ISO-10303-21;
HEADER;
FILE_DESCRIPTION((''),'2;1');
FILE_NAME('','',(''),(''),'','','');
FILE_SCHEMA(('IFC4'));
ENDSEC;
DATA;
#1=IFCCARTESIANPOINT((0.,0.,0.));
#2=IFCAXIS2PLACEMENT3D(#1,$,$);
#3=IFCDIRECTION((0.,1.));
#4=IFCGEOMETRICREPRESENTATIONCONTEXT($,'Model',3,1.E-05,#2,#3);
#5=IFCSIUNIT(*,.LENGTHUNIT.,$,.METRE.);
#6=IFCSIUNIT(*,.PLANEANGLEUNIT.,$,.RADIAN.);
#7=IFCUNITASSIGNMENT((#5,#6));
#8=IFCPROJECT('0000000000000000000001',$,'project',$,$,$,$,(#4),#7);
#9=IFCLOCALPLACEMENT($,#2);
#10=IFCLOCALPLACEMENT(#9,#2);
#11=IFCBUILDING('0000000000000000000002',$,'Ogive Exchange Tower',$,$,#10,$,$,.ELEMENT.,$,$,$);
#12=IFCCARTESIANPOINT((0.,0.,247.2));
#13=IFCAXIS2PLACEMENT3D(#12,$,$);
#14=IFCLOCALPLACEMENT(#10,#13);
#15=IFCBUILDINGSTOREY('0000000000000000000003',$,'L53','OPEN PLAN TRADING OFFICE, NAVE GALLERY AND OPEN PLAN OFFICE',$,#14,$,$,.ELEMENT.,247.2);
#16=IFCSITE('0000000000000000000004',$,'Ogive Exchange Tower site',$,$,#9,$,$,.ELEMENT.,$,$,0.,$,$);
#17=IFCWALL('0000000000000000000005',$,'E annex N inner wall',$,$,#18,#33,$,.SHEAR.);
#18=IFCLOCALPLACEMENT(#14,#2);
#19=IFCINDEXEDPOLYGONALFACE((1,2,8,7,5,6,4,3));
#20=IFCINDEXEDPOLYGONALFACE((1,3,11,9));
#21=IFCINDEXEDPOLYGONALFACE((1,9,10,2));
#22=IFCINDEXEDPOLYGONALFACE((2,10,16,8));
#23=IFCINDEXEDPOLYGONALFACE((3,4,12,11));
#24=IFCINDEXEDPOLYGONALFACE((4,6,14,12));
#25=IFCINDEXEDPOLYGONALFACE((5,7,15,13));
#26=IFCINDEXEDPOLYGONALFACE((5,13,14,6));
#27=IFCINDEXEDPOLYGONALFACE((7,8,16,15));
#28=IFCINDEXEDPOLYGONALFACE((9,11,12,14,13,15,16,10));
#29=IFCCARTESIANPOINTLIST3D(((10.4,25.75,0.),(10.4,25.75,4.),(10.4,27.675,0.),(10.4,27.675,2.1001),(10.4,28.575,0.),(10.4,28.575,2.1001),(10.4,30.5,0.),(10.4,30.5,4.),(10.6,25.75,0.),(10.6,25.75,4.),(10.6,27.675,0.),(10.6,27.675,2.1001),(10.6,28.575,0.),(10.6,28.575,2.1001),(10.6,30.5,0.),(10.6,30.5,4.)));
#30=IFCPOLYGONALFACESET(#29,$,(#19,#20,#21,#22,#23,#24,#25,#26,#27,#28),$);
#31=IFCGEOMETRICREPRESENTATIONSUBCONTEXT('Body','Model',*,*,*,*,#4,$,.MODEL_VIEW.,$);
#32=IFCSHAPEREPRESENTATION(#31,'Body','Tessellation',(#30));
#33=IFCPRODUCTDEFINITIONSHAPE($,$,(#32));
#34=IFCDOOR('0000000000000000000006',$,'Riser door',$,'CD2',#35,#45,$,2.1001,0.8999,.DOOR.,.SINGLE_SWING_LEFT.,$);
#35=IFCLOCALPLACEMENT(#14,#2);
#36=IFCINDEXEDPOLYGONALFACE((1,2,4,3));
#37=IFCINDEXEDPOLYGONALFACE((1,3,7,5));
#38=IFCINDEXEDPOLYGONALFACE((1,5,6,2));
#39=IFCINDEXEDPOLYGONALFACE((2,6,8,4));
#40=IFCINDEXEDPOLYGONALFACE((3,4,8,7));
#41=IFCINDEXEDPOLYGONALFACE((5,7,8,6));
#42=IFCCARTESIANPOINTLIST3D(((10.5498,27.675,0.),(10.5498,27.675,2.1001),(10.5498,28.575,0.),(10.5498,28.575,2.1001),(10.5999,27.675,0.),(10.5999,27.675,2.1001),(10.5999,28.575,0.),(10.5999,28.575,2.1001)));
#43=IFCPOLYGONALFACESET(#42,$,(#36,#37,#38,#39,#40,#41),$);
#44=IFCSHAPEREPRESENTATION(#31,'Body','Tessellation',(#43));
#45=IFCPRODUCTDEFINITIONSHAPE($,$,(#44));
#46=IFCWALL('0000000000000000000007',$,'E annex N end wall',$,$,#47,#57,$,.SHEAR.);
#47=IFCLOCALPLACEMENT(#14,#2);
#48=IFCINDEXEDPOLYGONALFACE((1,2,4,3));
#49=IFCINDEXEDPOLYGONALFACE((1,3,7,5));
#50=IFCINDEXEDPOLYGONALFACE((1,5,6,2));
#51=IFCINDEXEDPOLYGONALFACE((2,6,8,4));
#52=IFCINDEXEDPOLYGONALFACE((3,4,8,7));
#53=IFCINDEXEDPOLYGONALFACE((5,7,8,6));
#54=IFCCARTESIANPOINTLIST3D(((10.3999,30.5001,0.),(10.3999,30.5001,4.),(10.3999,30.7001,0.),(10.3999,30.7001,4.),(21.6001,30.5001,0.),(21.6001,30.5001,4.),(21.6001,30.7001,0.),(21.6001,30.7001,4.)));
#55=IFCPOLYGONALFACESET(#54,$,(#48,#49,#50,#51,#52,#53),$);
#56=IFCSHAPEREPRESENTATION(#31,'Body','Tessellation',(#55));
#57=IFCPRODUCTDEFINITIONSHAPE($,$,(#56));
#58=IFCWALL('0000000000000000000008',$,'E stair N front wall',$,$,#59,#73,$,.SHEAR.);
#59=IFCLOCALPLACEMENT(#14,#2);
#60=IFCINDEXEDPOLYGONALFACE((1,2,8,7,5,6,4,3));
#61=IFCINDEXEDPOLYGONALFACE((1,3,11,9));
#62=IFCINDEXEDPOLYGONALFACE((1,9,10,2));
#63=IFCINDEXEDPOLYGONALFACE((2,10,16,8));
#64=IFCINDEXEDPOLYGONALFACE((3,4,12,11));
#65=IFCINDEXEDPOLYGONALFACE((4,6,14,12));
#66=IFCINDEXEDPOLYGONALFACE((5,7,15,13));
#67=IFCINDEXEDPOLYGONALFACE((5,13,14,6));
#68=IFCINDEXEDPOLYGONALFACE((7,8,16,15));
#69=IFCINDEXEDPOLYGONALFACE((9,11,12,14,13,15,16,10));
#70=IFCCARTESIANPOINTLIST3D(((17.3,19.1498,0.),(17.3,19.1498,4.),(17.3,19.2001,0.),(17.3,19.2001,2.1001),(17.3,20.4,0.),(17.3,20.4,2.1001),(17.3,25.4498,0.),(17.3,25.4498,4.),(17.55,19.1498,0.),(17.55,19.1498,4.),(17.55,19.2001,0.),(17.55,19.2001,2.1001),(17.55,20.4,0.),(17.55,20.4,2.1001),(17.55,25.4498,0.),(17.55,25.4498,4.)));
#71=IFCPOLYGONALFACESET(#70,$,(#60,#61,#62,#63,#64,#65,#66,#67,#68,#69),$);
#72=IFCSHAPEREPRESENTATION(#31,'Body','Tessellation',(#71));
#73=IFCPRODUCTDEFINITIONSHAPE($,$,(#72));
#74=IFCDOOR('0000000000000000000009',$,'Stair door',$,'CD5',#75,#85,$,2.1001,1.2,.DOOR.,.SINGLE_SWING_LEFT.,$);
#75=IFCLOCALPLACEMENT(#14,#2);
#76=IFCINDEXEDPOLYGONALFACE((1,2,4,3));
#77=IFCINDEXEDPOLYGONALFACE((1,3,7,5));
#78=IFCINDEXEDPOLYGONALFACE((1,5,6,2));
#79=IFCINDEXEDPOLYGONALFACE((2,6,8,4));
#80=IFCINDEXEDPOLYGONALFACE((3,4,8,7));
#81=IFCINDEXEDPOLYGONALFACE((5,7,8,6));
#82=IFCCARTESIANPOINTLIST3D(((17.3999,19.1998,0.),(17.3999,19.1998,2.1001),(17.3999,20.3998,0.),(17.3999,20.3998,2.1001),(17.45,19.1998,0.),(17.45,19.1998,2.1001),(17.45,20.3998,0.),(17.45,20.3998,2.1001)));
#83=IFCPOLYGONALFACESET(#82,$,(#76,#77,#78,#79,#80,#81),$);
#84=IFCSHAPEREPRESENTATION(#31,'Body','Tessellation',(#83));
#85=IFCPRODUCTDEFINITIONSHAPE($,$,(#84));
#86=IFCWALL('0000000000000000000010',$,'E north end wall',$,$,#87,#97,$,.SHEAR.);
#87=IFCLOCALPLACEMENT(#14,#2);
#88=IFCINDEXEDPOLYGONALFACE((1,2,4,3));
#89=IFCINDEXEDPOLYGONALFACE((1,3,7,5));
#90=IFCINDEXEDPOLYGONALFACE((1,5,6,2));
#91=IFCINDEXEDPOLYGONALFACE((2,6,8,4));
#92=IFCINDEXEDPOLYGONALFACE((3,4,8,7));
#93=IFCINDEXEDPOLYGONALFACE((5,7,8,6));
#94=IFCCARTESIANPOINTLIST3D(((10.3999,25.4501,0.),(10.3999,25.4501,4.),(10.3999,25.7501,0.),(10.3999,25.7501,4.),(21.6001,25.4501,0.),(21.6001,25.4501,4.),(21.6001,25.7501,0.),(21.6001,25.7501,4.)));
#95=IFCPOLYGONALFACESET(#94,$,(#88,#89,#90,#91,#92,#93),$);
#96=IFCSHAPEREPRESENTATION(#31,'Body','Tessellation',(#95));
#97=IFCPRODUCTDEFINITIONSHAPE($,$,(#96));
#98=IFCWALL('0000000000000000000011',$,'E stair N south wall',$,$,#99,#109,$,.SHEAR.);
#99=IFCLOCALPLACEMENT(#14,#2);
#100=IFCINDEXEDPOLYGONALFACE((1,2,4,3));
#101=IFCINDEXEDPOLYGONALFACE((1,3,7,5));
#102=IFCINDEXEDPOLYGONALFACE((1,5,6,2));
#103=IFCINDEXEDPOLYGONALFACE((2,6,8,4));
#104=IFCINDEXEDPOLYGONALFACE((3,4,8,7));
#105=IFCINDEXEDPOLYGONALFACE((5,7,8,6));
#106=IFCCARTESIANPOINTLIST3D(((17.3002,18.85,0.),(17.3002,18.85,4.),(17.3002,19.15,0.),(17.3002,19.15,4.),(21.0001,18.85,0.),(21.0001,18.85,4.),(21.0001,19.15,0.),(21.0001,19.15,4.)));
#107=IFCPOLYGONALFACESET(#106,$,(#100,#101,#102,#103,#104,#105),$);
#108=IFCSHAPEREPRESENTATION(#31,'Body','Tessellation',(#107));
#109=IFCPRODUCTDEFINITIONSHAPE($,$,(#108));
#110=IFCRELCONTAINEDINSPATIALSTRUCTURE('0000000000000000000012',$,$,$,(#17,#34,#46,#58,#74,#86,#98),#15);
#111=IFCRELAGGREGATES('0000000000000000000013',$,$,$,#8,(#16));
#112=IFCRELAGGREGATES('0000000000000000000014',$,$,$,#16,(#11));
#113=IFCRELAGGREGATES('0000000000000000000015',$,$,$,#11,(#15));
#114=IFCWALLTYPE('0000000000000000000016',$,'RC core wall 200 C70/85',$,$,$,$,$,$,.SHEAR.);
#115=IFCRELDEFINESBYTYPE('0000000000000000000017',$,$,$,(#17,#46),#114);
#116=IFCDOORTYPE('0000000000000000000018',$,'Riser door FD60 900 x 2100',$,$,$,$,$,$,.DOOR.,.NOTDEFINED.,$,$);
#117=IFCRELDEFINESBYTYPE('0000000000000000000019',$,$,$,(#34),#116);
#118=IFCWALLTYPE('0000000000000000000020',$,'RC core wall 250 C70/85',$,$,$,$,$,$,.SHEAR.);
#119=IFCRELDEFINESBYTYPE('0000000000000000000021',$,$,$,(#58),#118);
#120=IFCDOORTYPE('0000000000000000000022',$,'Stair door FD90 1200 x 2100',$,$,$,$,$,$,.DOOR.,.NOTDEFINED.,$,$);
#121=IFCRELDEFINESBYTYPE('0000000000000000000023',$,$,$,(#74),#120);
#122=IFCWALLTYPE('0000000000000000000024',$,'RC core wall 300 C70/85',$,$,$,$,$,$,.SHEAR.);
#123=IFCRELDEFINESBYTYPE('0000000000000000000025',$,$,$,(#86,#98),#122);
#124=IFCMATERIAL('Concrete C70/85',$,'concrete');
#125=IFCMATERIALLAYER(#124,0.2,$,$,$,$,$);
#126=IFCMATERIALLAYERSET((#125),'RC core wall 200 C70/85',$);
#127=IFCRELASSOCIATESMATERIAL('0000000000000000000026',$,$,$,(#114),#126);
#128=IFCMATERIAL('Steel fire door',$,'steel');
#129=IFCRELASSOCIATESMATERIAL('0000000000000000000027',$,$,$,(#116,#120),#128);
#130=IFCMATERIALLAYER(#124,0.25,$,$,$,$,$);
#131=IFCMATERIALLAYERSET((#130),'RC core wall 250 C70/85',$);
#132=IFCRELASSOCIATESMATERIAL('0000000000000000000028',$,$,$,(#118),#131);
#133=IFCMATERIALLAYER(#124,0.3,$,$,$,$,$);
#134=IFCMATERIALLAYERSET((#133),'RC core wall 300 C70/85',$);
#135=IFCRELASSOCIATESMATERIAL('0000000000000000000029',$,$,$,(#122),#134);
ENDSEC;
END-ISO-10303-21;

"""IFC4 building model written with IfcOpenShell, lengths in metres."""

from ifc_helpers import new_model, si_unit, direction, frame, frame_2d, origin, place, context, subcontext, project, spatial, rectangle, extrude, material, layer, layer_set, type_object, element, fill, save


model = new_model("IFC4")

# Units and contexts
model_context = context("Model", 3, precision=1e-05, world=origin(), true_north=direction((0.0, 1.0)))
body_context = subcontext(model_context, "Body", "Model", "MODEL_VIEW")
ifc_project = project(units=[si_unit("LENGTHUNIT", "METRE"), si_unit("PLANEANGLEUNIT", "RADIAN")], contexts=[model_context])

# Site, building, storey
site_placement = place(None, origin())
site = spatial("IfcSite", under=ifc_project, at=site_placement, Name="Ogive Exchange Tower site", CompositionType="ELEMENT", RefElevation=0.0)
building_placement = place(site_placement, origin())
building = spatial("IfcBuilding", under=site, at=building_placement, Name="Ogive Exchange Tower", CompositionType="ELEMENT")
storey_placement = place(building_placement, frame((0.0, 0.0, 247.2)))
storey = spatial("IfcBuildingStorey", under=building, at=storey_placement, Name="L53", Description="OPEN PLAN TRADING OFFICE, NAVE GALLERY AND OPEN PLAN OFFICE", CompositionType="ELEMENT", Elevation=247.2)

# Wall, opening, door
ifc_material_1 = material(Name="Concrete C70/85", Category="concrete")
ifc_layer_1 = layer(ifc_material_1, 0.2)
ifc_layer_set_1 = layer_set([ifc_layer_1], Name="RC core wall 200 C70/85")
wall_type_1 = type_object("IfcWallType", Name="RC core wall 200 C70/85", PredefinedType="SHEAR", material=ifc_layer_set_1)
wall_1_placement = place(storey_placement, frame((10.5, 25.75, 0.0), z_axis=(0.0, 0.0, 1.0), x_axis=(0.0, 1.0, 0.0)))
wall_1 = element("IfcWall", 1, at=wall_1_placement, inside=storey, type_object=wall_type_1, Name="E annex N inner wall", PredefinedType="SHEAR", context=body_context, shape_type="SweptSolid", body=[
    extrude(rectangle(XDim=4.75, YDim=0.2, at=frame_2d((2.375, 0.0))), origin(), (0.0, 0.0, 1.0), 4.0),
])
opening_1_placement = place(wall_1_placement, frame((1.925, 0.0, 0.0)))
opening_1 = element("IfcOpeningElement", 2, at=opening_1_placement, cuts=wall_1, PredefinedType="OPENING", context=body_context, shape_type="SweptSolid", body=[
    extrude(rectangle(XDim=0.8999, YDim=2.1001, at=frame_2d((0.45, 1.05))), frame((0.0, 0.1099, 0.0), z_axis=(0.0, -1.0, 0.0), x_axis=(1.0, 0.0, 0.0)), (0.0, 0.0, 1.0), 0.22),
])
ifc_material_2 = material(Name="Steel fire door", Category="steel")
door_type_1 = type_object("IfcDoorType", Name="Riser door FD60 900 x 2100", OperationType="NOTDEFINED", PredefinedType="DOOR", material=ifc_material_2)
door_1_placement = place(opening_1_placement, origin())
door_1 = element("IfcDoor", 3, at=door_1_placement, inside=storey, type_object=door_type_1, Name="Riser door", ObjectType="CD2", OperationType="SINGLE_SWING_LEFT", OverallHeight=2.1001, OverallWidth=0.8999, PredefinedType="DOOR", context=body_context, shape_type="SweptSolid", body=[
    extrude(rectangle(XDim=0.8999, YDim=2.1001, at=frame_2d((0.45, 1.05))), frame((0.0, -0.0498, 0.0), z_axis=(0.0, -1.0, 0.0), x_axis=(1.0, 0.0, 0.0)), (0.0, 0.0, 1.0), 0.05),
])
fill(opening_1, door_1)

# Wall
wall_2_placement = place(storey_placement, frame((10.3999, 30.6001, 0.0), z_axis=(0.0, 0.0, 1.0), x_axis=(1.0, 0.0, 0.0)))
element("IfcWall", 4, at=wall_2_placement, inside=storey, type_object=wall_type_1, Name="E annex N end wall", PredefinedType="SHEAR", context=body_context, shape_type="SweptSolid", body=[
    extrude(rectangle(XDim=11.2002, YDim=0.2, at=frame_2d((5.6001, 0.0))), origin(), (0.0, 0.0, 1.0), 4.0),
])

# Wall, opening, door
ifc_layer_2 = layer(ifc_material_1, 0.25)
ifc_layer_set_2 = layer_set([ifc_layer_2], Name="RC core wall 250 C70/85")
wall_type_2 = type_object("IfcWallType", Name="RC core wall 250 C70/85", PredefinedType="SHEAR", material=ifc_layer_set_2)
wall_3_placement = place(storey_placement, frame((17.425, 19.1499, 0.0), z_axis=(0.0, 0.0, 1.0), x_axis=(0.0, 1.0, 0.0)))
wall_3 = element("IfcWall", 5, at=wall_3_placement, inside=storey, type_object=wall_type_2, Name="E stair N front wall", PredefinedType="SHEAR", context=body_context, shape_type="SweptSolid", body=[
    extrude(rectangle(XDim=6.3, YDim=0.25, at=frame_2d((3.1499, 0.0))), origin(), (0.0, 0.0, 1.0), 4.0),
])
opening_2_placement = place(wall_3_placement, frame((0.05, 0.0, 0.0)))
opening_2 = element("IfcOpeningElement", 6, at=opening_2_placement, cuts=wall_3, PredefinedType="OPENING", context=body_context, shape_type="SweptSolid", body=[
    extrude(rectangle(XDim=1.2, YDim=2.1001, at=frame_2d((0.6001, 1.05))), frame((0.0, 0.135, 0.0), z_axis=(0.0, -1.0, 0.0), x_axis=(1.0, 0.0, 0.0)), (0.0, 0.0, 1.0), 0.27),
])
door_type_2 = type_object("IfcDoorType", Name="Stair door FD90 1200 x 2100", OperationType="NOTDEFINED", PredefinedType="DOOR", material=ifc_material_2)
door_2_placement = place(opening_2_placement, frame((1.2, 0.0, 0.0), z_axis=(0.0, 0.0, 1.0), x_axis=(-1.0, 0.0, 0.0)))
door_2 = element("IfcDoor", 7, at=door_2_placement, inside=storey, type_object=door_type_2, Name="Stair door", ObjectType="CD5", OperationType="SINGLE_SWING_LEFT", OverallHeight=2.1001, OverallWidth=1.2, PredefinedType="DOOR", context=body_context, shape_type="SweptSolid", body=[
    extrude(rectangle(XDim=1.2, YDim=2.1001, at=frame_2d((0.6001, 1.05))), frame((0.0, 0.0249, 0.0), z_axis=(0.0, -1.0, 0.0), x_axis=(1.0, 0.0, 0.0)), (0.0, 0.0, 1.0), 0.05),
])
fill(opening_2, door_2)

# Walls
ifc_layer_3 = layer(ifc_material_1, 0.3)
ifc_layer_set_3 = layer_set([ifc_layer_3], Name="RC core wall 300 C70/85")
wall_type_3 = type_object("IfcWallType", Name="RC core wall 300 C70/85", PredefinedType="SHEAR", material=ifc_layer_set_3)
wall_4_placement = place(storey_placement, frame((10.3999, 25.6001, 0.0), z_axis=(0.0, 0.0, 1.0), x_axis=(1.0, 0.0, 0.0)))
element("IfcWall", 8, at=wall_4_placement, inside=storey, type_object=wall_type_3, Name="E north end wall", PredefinedType="SHEAR", context=body_context, shape_type="SweptSolid", body=[
    extrude(rectangle(XDim=11.2002, YDim=0.3, at=frame_2d((5.6001, 0.0))), origin(), (0.0, 0.0, 1.0), 4.0),
])
wall_5_placement = place(storey_placement, frame((17.3, 19.0, 0.0), z_axis=(0.0, 0.0, 1.0), x_axis=(1.0, 0.0, 0.0)))
element("IfcWall", 9, at=wall_5_placement, inside=storey, type_object=wall_type_3, Name="E stair N south wall", PredefinedType="SHEAR", context=body_context, shape_type="SweptSolid", body=[
    extrude(rectangle(XDim=3.7, YDim=0.3, at=frame_2d((1.8501, 0.0))), origin(), (0.0, 0.0, 1.0), 4.0),
])

save(model, "model.ifc")
